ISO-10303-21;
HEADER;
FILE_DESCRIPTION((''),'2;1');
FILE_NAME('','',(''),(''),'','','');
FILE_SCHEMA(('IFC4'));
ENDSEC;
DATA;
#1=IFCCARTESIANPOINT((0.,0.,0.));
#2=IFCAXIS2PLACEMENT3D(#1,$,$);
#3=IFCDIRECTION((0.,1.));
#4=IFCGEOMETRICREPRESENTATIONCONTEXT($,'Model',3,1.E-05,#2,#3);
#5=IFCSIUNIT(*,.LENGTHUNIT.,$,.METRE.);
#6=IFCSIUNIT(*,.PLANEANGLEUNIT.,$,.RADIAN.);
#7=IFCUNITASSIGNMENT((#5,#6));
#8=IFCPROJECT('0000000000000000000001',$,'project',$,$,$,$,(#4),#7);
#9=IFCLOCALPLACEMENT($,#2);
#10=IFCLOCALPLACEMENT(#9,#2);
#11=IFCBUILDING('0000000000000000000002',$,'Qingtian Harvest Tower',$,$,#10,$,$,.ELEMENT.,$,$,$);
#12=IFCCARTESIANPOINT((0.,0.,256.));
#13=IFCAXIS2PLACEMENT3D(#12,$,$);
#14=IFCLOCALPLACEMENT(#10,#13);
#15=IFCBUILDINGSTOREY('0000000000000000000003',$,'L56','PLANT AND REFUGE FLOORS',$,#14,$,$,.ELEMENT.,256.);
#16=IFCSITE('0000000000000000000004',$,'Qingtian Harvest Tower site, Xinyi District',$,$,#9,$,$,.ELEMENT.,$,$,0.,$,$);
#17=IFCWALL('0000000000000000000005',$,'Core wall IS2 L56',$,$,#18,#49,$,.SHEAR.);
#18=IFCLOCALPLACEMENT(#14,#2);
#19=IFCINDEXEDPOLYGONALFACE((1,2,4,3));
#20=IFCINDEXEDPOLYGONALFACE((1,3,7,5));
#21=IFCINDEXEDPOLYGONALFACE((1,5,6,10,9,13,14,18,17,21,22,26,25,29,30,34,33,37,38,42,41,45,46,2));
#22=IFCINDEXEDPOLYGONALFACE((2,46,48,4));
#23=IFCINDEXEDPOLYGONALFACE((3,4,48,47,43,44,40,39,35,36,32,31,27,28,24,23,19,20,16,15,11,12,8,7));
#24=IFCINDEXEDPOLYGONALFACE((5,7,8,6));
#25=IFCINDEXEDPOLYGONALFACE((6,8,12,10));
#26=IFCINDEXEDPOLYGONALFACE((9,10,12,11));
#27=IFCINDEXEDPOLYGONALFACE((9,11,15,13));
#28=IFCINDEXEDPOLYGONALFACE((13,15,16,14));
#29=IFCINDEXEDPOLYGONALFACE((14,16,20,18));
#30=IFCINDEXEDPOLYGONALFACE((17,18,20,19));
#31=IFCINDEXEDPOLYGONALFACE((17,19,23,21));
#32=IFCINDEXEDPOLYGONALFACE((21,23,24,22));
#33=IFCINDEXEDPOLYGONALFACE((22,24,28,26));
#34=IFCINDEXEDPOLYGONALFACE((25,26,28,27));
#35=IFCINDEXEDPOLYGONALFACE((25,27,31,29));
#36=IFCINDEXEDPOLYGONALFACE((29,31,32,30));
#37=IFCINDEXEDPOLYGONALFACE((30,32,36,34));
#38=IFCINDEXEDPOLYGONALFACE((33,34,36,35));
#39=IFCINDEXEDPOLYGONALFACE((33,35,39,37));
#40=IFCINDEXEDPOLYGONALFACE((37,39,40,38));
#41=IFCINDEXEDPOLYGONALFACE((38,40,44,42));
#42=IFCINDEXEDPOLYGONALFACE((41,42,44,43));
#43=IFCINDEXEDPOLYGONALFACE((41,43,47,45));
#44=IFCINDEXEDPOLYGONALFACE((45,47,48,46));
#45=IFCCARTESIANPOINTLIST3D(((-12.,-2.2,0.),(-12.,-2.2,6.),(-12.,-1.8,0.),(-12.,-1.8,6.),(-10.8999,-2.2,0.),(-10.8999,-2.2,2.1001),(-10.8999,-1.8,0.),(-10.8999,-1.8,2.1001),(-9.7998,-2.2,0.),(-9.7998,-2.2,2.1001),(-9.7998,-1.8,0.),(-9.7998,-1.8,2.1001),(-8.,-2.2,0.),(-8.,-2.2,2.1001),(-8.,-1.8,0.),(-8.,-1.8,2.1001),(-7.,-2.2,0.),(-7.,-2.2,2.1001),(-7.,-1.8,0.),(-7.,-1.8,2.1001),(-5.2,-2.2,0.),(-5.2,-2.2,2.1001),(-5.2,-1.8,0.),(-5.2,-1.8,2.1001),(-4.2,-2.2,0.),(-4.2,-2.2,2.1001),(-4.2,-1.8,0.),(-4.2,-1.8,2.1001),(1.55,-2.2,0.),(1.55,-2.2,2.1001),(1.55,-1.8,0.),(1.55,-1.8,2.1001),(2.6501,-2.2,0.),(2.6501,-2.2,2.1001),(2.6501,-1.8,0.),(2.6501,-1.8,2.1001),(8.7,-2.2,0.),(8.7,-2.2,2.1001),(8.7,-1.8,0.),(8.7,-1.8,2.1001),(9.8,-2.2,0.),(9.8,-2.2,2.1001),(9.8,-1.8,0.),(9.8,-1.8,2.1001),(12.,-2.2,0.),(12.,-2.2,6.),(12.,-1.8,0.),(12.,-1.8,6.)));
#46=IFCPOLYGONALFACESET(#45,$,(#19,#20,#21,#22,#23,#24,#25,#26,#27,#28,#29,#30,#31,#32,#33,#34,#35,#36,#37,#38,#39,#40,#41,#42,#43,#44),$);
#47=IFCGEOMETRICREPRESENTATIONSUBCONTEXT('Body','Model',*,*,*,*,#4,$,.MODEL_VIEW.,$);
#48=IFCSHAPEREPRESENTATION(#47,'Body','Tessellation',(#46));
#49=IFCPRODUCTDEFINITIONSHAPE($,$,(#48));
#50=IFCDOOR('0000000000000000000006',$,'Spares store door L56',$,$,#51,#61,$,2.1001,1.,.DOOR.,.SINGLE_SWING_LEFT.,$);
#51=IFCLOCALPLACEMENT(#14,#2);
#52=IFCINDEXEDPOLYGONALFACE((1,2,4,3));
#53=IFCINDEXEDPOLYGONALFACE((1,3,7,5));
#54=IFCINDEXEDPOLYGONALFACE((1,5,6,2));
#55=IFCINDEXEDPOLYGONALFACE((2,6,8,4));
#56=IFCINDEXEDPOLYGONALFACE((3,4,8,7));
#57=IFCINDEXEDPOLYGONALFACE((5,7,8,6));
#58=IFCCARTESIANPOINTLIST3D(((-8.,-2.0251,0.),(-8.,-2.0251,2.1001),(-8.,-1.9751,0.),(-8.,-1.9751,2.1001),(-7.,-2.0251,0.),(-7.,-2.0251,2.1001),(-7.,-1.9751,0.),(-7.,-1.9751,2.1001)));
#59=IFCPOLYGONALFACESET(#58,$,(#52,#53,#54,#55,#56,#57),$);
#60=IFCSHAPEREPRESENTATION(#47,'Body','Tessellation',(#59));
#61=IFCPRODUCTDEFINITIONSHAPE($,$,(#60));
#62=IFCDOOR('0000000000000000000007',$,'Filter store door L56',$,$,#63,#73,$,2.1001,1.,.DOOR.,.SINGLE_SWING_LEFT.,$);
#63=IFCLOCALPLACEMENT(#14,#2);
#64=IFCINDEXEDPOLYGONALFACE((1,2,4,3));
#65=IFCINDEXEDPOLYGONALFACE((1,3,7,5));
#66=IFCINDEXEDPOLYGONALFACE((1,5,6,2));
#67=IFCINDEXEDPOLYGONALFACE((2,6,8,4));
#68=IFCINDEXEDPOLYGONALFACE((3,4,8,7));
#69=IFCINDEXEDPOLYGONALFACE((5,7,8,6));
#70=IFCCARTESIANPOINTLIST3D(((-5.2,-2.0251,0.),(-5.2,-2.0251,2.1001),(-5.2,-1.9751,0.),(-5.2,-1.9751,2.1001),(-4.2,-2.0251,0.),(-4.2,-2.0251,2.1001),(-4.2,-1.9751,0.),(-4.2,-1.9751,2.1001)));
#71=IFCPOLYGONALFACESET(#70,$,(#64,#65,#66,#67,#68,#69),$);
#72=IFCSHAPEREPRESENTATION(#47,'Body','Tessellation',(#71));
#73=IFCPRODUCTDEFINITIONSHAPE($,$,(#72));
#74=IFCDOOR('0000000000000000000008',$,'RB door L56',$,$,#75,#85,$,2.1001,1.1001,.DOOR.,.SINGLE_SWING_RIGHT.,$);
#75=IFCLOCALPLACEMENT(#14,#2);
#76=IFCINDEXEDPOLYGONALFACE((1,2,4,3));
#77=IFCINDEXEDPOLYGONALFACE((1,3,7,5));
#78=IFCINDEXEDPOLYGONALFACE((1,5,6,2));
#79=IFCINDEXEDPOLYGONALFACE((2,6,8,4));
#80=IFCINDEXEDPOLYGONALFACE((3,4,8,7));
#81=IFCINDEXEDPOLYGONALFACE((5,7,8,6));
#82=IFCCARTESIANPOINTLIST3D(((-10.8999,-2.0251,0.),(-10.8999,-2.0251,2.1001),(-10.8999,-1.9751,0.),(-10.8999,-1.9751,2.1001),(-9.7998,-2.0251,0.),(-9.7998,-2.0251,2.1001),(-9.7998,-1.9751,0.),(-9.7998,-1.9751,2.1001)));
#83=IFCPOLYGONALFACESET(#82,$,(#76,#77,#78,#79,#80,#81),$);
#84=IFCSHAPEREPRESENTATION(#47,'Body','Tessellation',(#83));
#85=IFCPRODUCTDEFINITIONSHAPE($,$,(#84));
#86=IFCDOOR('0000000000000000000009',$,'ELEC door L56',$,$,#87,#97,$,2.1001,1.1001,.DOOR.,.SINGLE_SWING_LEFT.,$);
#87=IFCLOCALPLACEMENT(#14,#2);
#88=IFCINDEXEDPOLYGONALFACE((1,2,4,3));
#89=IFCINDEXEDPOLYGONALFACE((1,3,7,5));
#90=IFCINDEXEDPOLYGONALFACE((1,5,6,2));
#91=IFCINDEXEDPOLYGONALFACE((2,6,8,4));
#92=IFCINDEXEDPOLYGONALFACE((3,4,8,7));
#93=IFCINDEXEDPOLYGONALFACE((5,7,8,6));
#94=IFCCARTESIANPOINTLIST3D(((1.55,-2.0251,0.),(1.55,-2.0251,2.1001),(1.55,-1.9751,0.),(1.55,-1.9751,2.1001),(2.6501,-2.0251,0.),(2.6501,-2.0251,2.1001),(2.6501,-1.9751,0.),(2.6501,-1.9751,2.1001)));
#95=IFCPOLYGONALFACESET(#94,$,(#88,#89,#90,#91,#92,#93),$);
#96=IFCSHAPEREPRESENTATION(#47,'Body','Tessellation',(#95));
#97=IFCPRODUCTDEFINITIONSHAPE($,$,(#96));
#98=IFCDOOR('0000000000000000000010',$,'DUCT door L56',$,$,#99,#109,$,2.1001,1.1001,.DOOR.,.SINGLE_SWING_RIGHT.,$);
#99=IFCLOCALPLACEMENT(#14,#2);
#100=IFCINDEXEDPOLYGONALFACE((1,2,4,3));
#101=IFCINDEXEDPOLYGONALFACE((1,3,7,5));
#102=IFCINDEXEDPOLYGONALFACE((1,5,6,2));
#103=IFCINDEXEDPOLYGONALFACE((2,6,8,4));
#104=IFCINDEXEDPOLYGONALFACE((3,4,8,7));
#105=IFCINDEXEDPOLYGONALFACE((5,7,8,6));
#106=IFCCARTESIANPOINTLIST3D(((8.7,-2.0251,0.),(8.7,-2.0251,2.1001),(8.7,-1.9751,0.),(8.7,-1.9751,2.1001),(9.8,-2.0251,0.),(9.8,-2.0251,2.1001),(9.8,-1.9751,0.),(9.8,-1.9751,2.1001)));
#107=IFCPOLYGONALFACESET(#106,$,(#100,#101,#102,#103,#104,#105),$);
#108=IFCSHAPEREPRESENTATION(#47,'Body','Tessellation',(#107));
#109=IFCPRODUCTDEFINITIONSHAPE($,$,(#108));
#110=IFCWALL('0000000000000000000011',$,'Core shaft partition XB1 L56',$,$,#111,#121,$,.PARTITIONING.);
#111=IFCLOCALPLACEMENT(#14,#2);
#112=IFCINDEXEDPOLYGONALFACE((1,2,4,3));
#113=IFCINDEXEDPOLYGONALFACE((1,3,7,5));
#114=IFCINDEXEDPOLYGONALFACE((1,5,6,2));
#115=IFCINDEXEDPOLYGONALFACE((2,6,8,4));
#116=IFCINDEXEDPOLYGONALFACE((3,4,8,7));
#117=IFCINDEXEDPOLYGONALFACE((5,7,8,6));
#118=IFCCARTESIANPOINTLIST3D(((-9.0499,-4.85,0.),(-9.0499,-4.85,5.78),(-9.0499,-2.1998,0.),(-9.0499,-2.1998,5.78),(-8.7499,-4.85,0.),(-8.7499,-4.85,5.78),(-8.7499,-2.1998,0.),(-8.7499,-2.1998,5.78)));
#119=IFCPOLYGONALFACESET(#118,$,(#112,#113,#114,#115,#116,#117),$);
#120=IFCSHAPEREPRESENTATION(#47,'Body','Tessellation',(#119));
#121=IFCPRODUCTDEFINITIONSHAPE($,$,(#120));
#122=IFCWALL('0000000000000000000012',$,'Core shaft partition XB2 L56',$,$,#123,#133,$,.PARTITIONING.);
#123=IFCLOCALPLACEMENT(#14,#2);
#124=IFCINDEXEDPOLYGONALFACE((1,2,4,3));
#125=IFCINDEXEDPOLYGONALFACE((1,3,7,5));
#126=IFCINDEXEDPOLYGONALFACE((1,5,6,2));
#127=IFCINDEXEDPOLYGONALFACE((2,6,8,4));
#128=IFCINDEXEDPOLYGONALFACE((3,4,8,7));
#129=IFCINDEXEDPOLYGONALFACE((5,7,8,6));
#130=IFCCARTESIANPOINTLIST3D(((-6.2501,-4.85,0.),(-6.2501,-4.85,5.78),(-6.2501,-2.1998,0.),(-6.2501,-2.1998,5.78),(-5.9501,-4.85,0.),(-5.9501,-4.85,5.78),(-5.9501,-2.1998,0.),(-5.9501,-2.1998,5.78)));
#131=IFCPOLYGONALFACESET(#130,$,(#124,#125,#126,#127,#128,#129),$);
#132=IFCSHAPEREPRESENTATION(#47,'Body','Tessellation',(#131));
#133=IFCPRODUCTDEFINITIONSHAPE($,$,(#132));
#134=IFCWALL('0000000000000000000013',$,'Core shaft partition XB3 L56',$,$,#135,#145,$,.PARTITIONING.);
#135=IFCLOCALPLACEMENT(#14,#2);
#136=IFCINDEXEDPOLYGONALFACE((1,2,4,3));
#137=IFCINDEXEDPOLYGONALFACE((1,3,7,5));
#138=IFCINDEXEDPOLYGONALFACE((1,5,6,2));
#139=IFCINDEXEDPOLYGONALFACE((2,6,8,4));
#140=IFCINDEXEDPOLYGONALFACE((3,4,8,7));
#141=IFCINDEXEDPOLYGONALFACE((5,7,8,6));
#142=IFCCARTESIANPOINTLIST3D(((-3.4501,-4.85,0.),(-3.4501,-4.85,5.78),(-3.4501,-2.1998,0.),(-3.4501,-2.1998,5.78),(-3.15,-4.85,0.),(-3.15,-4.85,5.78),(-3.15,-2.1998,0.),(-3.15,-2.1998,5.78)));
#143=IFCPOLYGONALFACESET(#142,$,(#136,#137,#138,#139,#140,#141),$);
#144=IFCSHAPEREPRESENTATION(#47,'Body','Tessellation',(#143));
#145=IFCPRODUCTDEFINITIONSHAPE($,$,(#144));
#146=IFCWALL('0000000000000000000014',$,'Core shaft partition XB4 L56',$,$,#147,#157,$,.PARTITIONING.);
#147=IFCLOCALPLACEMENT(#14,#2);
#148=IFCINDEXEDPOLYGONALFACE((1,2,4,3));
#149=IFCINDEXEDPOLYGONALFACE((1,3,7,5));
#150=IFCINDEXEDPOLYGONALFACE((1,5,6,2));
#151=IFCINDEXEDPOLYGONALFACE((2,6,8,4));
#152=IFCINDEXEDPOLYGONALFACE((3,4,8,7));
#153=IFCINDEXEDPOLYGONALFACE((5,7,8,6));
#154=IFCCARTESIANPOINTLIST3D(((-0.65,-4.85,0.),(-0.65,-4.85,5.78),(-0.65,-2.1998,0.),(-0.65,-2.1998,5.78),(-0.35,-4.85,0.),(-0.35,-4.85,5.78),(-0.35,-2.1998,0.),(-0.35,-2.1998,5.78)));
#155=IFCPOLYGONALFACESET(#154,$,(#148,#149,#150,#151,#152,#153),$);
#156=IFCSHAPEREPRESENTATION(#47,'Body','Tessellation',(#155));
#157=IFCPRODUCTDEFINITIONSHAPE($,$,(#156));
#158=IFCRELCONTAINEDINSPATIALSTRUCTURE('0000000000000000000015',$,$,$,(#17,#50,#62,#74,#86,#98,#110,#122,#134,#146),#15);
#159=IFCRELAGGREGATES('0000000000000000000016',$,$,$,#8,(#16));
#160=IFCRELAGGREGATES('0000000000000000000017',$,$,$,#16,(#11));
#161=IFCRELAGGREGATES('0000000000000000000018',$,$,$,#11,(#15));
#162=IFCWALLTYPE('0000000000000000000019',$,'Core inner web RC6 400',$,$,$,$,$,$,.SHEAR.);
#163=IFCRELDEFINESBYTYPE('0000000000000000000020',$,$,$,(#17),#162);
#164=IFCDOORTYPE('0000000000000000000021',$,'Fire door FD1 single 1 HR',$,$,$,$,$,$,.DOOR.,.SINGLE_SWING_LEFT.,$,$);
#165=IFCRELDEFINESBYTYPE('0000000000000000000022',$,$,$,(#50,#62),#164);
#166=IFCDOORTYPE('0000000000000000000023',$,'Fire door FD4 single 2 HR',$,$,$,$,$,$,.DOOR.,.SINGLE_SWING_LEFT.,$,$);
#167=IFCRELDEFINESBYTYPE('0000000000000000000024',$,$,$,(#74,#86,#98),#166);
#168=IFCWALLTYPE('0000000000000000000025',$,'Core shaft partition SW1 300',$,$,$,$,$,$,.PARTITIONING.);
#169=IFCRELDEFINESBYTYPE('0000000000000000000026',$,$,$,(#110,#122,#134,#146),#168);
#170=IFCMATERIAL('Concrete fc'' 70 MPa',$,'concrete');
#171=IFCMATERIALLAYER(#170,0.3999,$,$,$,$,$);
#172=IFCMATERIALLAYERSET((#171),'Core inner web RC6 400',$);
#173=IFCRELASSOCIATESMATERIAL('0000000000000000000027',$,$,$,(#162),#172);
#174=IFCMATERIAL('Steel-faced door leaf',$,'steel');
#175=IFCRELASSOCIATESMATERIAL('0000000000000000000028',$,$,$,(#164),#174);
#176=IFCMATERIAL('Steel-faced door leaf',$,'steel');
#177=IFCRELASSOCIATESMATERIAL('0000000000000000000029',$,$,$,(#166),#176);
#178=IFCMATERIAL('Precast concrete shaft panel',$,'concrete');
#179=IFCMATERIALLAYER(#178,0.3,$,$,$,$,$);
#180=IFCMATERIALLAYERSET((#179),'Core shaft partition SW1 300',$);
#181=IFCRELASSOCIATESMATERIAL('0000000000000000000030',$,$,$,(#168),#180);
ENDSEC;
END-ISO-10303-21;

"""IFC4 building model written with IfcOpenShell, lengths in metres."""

from ifc_helpers import new_model, si_unit, direction, frame, frame_2d, origin, place, context, subcontext, project, spatial, rectangle, extrude, material, layer, layer_set, type_object, element, fill, save


model = new_model("IFC4")

# Units and contexts
model_context = context("Model", 3, precision=1e-05, world=origin(), true_north=direction((0.0, 1.0)))
body_context = subcontext(model_context, "Body", "Model", "MODEL_VIEW")
ifc_project = project(units=[si_unit("LENGTHUNIT", "METRE"), si_unit("PLANEANGLEUNIT", "RADIAN")], contexts=[model_context])

# Site, building, storey
site_placement = place(None, origin())
site = spatial("IfcSite", under=ifc_project, at=site_placement, Name="Qingtian Harvest Tower site, Xinyi District", CompositionType="ELEMENT", RefElevation=0.0)
building_placement = place(site_placement, origin())
building = spatial("IfcBuilding", under=site, at=building_placement, Name="Qingtian Harvest Tower", CompositionType="ELEMENT")
storey_placement = place(building_placement, frame((0.0, 0.0, 256.0)))
storey = spatial("IfcBuildingStorey", under=building, at=storey_placement, Name="L56", Description="PLANT AND REFUGE FLOORS", CompositionType="ELEMENT", Elevation=256.0)

# Wall, openings, doors
ifc_material_1 = material(Name="Concrete fc' 70 MPa", Category="concrete")
ifc_layer_1 = layer(ifc_material_1, 0.3999)
ifc_layer_set_1 = layer_set([ifc_layer_1], Name="Core inner web RC6 400")
wall_type_1 = type_object("IfcWallType", Name="Core inner web RC6 400", PredefinedType="SHEAR", material=ifc_layer_set_1)
wall_1_placement = place(storey_placement, frame((-12.0, -2.0, 0.0), z_axis=(0.0, 0.0, 1.0), x_axis=(1.0, 0.0, 0.0)))
wall_1 = element("IfcWall", 1, at=wall_1_placement, inside=storey, type_object=wall_type_1, Name="Core wall IS2 L56", PredefinedType="SHEAR", context=body_context, shape_type="SweptSolid", body=[
    extrude(rectangle(XDim=24.0, YDim=0.3999, at=frame_2d((12.0, 0.0))), origin(), (0.0, 0.0, 1.0), 6.0),
])
opening_1_placement = place(wall_1_placement, frame((1.1001, 0.0, 0.0)))
opening_1 = element("IfcOpeningElement", 2, at=opening_1_placement, cuts=wall_1, PredefinedType="OPENING", context=body_context, shape_type="SweptSolid", body=[
    extrude(rectangle(XDim=1.1001, YDim=2.1001, at=frame_2d((0.55, 1.05))), frame((0.0, 0.21, 0.0), z_axis=(0.0, -1.0, 0.0), x_axis=(1.0, 0.0, 0.0)), (0.0, 0.0, 1.0), 0.4199),
])
opening_2_placement = place(wall_1_placement, frame((13.55, 0.0, 0.0)))
opening_2 = element("IfcOpeningElement", 3, at=opening_2_placement, cuts=wall_1, PredefinedType="OPENING", context=body_context, shape_type="SweptSolid", body=[
    extrude(rectangle(XDim=1.1001, YDim=2.1001, at=frame_2d((0.55, 1.05))), frame((0.0, 0.21, 0.0), z_axis=(0.0, -1.0, 0.0), x_axis=(1.0, 0.0, 0.0)), (0.0, 0.0, 1.0), 0.4199),
])
opening_3_placement = place(wall_1_placement, frame((20.7, 0.0, 0.0)))
opening_3 = element("IfcOpeningElement", 4, at=opening_3_placement, cuts=wall_1, PredefinedType="OPENING", context=body_context, shape_type="SweptSolid", body=[
    extrude(rectangle(XDim=1.1001, YDim=2.1001, at=frame_2d((0.55, 1.05))), frame((0.0, 0.21, 0.0), z_axis=(0.0, -1.0, 0.0), x_axis=(1.0, 0.0, 0.0)), (0.0, 0.0, 1.0), 0.4199),
])
opening_4_placement = place(wall_1_placement, frame((4.0, 0.0, 0.0)))
opening_4 = element("IfcOpeningElement", 5, at=opening_4_placement, cuts=wall_1, PredefinedType="OPENING", context=body_context, shape_type="SweptSolid", body=[
    extrude(rectangle(XDim=1.0, YDim=2.1001, at=frame_2d((0.5, 1.05))), frame((0.0, 0.21, 0.0), z_axis=(0.0, -1.0, 0.0), x_axis=(1.0, 0.0, 0.0)), (0.0, 0.0, 1.0), 0.4199),
])
opening_5_placement = place(wall_1_placement, frame((6.8, 0.0, 0.0)))
opening_5 = element("IfcOpeningElement", 6, at=opening_5_placement, cuts=wall_1, PredefinedType="OPENING", context=body_context, shape_type="SweptSolid", body=[
    extrude(rectangle(XDim=1.0, YDim=2.1001, at=frame_2d((0.5, 1.05))), frame((0.0, 0.21, 0.0), z_axis=(0.0, -1.0, 0.0), x_axis=(1.0, 0.0, 0.0)), (0.0, 0.0, 1.0), 0.4199),
])
ifc_material_2 = material(Name="Steel-faced door leaf", Category="steel")
door_type_1 = type_object("IfcDoorType", Name="Fire door FD1 single 1 HR", OperationType="SINGLE_SWING_LEFT", PredefinedType="DOOR", material=ifc_material_2)
door_1_placement = place(opening_4_placement, origin())
door_1 = element("IfcDoor", 7, at=door_1_placement, inside=storey, type_object=door_type_1, Name="Spares store door L56", OperationType="SINGLE_SWING_LEFT", OverallHeight=2.1001, OverallWidth=1.0, PredefinedType="DOOR", context=body_context, shape_type="SweptSolid", body=[
    extrude(rectangle(XDim=1.0, YDim=2.1001, at=frame_2d((0.5, 1.05))), frame((0.0, 0.0249, 0.0), z_axis=(0.0, -1.0, 0.0), x_axis=(1.0, 0.0, 0.0)), (0.0, 0.0, 1.0), 0.05),
])
fill(opening_4, door_1)
door_2_placement = place(opening_5_placement, origin())
door_2 = element("IfcDoor", 8, at=door_2_placement, inside=storey, type_object=door_type_1, Name="Filter store door L56", OperationType="SINGLE_SWING_LEFT", OverallHeight=2.1001, OverallWidth=1.0, PredefinedType="DOOR", context=body_context, shape_type="SweptSolid", body=[
    extrude(rectangle(XDim=1.0, YDim=2.1001, at=frame_2d((0.5, 1.05))), frame((0.0, 0.0249, 0.0), z_axis=(0.0, -1.0, 0.0), x_axis=(1.0, 0.0, 0.0)), (0.0, 0.0, 1.0), 0.05),
])
fill(opening_5, door_2)
ifc_material_3 = material(Name="Steel-faced door leaf", Category="steel")
door_type_2 = type_object("IfcDoorType", Name="Fire door FD4 single 2 HR", OperationType="SINGLE_SWING_LEFT", PredefinedType="DOOR", material=ifc_material_3)
door_3_placement = place(opening_1_placement, origin())
door_3 = element("IfcDoor", 9, at=door_3_placement, inside=storey, type_object=door_type_2, Name="RB door L56", OperationType="SINGLE_SWING_RIGHT", OverallHeight=2.1001, OverallWidth=1.1001, PredefinedType="DOOR", context=body_context, shape_type="SweptSolid", body=[
    extrude(rectangle(XDim=1.1001, YDim=2.1001, at=frame_2d((0.55, 1.05))), frame((0.0, 0.0249, 0.0), z_axis=(0.0, -1.0, 0.0), x_axis=(1.0, 0.0, 0.0)), (0.0, 0.0, 1.0), 0.05),
])
fill(opening_1, door_3)
door_4_placement = place(opening_2_placement, origin())
door_4 = element("IfcDoor", 10, at=door_4_placement, inside=storey, type_object=door_type_2, Name="ELEC door L56", OperationType="SINGLE_SWING_LEFT", OverallHeight=2.1001, OverallWidth=1.1001, PredefinedType="DOOR", context=body_context, shape_type="SweptSolid", body=[
    extrude(rectangle(XDim=1.1001, YDim=2.1001, at=frame_2d((0.55, 1.05))), frame((0.0, 0.0249, 0.0), z_axis=(0.0, -1.0, 0.0), x_axis=(1.0, 0.0, 0.0)), (0.0, 0.0, 1.0), 0.05),
])
fill(opening_2, door_4)
door_5_placement = place(opening_3_placement, origin())
door_5 = element("IfcDoor", 11, at=door_5_placement, inside=storey, type_object=door_type_2, Name="DUCT door L56", OperationType="SINGLE_SWING_RIGHT", OverallHeight=2.1001, OverallWidth=1.1001, PredefinedType="DOOR", context=body_context, shape_type="SweptSolid", body=[
    extrude(rectangle(XDim=1.1001, YDim=2.1001, at=frame_2d((0.55, 1.05))), frame((0.0, 0.0249, 0.0), z_axis=(0.0, -1.0, 0.0), x_axis=(1.0, 0.0, 0.0)), (0.0, 0.0, 1.0), 0.05),
])
fill(opening_3, door_5)

# Walls
ifc_material_4 = material(Name="Precast concrete shaft panel", Category="concrete")
ifc_layer_2 = layer(ifc_material_4, 0.3)
ifc_layer_set_2 = layer_set([ifc_layer_2], Name="Core shaft partition SW1 300")
wall_type_2 = type_object("IfcWallType", Name="Core shaft partition SW1 300", PredefinedType="PARTITIONING", material=ifc_layer_set_2)
for number, where, z_axis, x_axis, name in (
    (12, (-8.8999, -4.8501, 0.0), (0.0, 0.0, 1.0), (0.0, 1.0, 0.0), "Core shaft partition XB1 L56"),
    (13, (-6.1001, -4.8501, 0.0), (0.0, 0.0, 1.0), (0.0, 1.0, 0.0), "Core shaft partition XB2 L56"),
    (14, (-3.3, -4.8501, 0.0), (0.0, 0.0, 1.0), (0.0, 1.0, 0.0), "Core shaft partition XB3 L56"),
    (15, (-0.5, -4.8501, 0.0), (0.0, 0.0, 1.0), (0.0, 1.0, 0.0), "Core shaft partition XB4 L56"),
):
    element("IfcWall", number, at=place(storey_placement, frame(where, z_axis=z_axis, x_axis=x_axis)), inside=storey, type_object=wall_type_2, Name=name, PredefinedType="PARTITIONING", context=body_context, shape_type="SweptSolid", body=[
        extrude(rectangle(XDim=2.6501, YDim=0.3, at=frame_2d((1.3252, 0.0))), origin(), (0.0, 0.0, 1.0), 5.78),
    ])

save(model, "model.ifc")
